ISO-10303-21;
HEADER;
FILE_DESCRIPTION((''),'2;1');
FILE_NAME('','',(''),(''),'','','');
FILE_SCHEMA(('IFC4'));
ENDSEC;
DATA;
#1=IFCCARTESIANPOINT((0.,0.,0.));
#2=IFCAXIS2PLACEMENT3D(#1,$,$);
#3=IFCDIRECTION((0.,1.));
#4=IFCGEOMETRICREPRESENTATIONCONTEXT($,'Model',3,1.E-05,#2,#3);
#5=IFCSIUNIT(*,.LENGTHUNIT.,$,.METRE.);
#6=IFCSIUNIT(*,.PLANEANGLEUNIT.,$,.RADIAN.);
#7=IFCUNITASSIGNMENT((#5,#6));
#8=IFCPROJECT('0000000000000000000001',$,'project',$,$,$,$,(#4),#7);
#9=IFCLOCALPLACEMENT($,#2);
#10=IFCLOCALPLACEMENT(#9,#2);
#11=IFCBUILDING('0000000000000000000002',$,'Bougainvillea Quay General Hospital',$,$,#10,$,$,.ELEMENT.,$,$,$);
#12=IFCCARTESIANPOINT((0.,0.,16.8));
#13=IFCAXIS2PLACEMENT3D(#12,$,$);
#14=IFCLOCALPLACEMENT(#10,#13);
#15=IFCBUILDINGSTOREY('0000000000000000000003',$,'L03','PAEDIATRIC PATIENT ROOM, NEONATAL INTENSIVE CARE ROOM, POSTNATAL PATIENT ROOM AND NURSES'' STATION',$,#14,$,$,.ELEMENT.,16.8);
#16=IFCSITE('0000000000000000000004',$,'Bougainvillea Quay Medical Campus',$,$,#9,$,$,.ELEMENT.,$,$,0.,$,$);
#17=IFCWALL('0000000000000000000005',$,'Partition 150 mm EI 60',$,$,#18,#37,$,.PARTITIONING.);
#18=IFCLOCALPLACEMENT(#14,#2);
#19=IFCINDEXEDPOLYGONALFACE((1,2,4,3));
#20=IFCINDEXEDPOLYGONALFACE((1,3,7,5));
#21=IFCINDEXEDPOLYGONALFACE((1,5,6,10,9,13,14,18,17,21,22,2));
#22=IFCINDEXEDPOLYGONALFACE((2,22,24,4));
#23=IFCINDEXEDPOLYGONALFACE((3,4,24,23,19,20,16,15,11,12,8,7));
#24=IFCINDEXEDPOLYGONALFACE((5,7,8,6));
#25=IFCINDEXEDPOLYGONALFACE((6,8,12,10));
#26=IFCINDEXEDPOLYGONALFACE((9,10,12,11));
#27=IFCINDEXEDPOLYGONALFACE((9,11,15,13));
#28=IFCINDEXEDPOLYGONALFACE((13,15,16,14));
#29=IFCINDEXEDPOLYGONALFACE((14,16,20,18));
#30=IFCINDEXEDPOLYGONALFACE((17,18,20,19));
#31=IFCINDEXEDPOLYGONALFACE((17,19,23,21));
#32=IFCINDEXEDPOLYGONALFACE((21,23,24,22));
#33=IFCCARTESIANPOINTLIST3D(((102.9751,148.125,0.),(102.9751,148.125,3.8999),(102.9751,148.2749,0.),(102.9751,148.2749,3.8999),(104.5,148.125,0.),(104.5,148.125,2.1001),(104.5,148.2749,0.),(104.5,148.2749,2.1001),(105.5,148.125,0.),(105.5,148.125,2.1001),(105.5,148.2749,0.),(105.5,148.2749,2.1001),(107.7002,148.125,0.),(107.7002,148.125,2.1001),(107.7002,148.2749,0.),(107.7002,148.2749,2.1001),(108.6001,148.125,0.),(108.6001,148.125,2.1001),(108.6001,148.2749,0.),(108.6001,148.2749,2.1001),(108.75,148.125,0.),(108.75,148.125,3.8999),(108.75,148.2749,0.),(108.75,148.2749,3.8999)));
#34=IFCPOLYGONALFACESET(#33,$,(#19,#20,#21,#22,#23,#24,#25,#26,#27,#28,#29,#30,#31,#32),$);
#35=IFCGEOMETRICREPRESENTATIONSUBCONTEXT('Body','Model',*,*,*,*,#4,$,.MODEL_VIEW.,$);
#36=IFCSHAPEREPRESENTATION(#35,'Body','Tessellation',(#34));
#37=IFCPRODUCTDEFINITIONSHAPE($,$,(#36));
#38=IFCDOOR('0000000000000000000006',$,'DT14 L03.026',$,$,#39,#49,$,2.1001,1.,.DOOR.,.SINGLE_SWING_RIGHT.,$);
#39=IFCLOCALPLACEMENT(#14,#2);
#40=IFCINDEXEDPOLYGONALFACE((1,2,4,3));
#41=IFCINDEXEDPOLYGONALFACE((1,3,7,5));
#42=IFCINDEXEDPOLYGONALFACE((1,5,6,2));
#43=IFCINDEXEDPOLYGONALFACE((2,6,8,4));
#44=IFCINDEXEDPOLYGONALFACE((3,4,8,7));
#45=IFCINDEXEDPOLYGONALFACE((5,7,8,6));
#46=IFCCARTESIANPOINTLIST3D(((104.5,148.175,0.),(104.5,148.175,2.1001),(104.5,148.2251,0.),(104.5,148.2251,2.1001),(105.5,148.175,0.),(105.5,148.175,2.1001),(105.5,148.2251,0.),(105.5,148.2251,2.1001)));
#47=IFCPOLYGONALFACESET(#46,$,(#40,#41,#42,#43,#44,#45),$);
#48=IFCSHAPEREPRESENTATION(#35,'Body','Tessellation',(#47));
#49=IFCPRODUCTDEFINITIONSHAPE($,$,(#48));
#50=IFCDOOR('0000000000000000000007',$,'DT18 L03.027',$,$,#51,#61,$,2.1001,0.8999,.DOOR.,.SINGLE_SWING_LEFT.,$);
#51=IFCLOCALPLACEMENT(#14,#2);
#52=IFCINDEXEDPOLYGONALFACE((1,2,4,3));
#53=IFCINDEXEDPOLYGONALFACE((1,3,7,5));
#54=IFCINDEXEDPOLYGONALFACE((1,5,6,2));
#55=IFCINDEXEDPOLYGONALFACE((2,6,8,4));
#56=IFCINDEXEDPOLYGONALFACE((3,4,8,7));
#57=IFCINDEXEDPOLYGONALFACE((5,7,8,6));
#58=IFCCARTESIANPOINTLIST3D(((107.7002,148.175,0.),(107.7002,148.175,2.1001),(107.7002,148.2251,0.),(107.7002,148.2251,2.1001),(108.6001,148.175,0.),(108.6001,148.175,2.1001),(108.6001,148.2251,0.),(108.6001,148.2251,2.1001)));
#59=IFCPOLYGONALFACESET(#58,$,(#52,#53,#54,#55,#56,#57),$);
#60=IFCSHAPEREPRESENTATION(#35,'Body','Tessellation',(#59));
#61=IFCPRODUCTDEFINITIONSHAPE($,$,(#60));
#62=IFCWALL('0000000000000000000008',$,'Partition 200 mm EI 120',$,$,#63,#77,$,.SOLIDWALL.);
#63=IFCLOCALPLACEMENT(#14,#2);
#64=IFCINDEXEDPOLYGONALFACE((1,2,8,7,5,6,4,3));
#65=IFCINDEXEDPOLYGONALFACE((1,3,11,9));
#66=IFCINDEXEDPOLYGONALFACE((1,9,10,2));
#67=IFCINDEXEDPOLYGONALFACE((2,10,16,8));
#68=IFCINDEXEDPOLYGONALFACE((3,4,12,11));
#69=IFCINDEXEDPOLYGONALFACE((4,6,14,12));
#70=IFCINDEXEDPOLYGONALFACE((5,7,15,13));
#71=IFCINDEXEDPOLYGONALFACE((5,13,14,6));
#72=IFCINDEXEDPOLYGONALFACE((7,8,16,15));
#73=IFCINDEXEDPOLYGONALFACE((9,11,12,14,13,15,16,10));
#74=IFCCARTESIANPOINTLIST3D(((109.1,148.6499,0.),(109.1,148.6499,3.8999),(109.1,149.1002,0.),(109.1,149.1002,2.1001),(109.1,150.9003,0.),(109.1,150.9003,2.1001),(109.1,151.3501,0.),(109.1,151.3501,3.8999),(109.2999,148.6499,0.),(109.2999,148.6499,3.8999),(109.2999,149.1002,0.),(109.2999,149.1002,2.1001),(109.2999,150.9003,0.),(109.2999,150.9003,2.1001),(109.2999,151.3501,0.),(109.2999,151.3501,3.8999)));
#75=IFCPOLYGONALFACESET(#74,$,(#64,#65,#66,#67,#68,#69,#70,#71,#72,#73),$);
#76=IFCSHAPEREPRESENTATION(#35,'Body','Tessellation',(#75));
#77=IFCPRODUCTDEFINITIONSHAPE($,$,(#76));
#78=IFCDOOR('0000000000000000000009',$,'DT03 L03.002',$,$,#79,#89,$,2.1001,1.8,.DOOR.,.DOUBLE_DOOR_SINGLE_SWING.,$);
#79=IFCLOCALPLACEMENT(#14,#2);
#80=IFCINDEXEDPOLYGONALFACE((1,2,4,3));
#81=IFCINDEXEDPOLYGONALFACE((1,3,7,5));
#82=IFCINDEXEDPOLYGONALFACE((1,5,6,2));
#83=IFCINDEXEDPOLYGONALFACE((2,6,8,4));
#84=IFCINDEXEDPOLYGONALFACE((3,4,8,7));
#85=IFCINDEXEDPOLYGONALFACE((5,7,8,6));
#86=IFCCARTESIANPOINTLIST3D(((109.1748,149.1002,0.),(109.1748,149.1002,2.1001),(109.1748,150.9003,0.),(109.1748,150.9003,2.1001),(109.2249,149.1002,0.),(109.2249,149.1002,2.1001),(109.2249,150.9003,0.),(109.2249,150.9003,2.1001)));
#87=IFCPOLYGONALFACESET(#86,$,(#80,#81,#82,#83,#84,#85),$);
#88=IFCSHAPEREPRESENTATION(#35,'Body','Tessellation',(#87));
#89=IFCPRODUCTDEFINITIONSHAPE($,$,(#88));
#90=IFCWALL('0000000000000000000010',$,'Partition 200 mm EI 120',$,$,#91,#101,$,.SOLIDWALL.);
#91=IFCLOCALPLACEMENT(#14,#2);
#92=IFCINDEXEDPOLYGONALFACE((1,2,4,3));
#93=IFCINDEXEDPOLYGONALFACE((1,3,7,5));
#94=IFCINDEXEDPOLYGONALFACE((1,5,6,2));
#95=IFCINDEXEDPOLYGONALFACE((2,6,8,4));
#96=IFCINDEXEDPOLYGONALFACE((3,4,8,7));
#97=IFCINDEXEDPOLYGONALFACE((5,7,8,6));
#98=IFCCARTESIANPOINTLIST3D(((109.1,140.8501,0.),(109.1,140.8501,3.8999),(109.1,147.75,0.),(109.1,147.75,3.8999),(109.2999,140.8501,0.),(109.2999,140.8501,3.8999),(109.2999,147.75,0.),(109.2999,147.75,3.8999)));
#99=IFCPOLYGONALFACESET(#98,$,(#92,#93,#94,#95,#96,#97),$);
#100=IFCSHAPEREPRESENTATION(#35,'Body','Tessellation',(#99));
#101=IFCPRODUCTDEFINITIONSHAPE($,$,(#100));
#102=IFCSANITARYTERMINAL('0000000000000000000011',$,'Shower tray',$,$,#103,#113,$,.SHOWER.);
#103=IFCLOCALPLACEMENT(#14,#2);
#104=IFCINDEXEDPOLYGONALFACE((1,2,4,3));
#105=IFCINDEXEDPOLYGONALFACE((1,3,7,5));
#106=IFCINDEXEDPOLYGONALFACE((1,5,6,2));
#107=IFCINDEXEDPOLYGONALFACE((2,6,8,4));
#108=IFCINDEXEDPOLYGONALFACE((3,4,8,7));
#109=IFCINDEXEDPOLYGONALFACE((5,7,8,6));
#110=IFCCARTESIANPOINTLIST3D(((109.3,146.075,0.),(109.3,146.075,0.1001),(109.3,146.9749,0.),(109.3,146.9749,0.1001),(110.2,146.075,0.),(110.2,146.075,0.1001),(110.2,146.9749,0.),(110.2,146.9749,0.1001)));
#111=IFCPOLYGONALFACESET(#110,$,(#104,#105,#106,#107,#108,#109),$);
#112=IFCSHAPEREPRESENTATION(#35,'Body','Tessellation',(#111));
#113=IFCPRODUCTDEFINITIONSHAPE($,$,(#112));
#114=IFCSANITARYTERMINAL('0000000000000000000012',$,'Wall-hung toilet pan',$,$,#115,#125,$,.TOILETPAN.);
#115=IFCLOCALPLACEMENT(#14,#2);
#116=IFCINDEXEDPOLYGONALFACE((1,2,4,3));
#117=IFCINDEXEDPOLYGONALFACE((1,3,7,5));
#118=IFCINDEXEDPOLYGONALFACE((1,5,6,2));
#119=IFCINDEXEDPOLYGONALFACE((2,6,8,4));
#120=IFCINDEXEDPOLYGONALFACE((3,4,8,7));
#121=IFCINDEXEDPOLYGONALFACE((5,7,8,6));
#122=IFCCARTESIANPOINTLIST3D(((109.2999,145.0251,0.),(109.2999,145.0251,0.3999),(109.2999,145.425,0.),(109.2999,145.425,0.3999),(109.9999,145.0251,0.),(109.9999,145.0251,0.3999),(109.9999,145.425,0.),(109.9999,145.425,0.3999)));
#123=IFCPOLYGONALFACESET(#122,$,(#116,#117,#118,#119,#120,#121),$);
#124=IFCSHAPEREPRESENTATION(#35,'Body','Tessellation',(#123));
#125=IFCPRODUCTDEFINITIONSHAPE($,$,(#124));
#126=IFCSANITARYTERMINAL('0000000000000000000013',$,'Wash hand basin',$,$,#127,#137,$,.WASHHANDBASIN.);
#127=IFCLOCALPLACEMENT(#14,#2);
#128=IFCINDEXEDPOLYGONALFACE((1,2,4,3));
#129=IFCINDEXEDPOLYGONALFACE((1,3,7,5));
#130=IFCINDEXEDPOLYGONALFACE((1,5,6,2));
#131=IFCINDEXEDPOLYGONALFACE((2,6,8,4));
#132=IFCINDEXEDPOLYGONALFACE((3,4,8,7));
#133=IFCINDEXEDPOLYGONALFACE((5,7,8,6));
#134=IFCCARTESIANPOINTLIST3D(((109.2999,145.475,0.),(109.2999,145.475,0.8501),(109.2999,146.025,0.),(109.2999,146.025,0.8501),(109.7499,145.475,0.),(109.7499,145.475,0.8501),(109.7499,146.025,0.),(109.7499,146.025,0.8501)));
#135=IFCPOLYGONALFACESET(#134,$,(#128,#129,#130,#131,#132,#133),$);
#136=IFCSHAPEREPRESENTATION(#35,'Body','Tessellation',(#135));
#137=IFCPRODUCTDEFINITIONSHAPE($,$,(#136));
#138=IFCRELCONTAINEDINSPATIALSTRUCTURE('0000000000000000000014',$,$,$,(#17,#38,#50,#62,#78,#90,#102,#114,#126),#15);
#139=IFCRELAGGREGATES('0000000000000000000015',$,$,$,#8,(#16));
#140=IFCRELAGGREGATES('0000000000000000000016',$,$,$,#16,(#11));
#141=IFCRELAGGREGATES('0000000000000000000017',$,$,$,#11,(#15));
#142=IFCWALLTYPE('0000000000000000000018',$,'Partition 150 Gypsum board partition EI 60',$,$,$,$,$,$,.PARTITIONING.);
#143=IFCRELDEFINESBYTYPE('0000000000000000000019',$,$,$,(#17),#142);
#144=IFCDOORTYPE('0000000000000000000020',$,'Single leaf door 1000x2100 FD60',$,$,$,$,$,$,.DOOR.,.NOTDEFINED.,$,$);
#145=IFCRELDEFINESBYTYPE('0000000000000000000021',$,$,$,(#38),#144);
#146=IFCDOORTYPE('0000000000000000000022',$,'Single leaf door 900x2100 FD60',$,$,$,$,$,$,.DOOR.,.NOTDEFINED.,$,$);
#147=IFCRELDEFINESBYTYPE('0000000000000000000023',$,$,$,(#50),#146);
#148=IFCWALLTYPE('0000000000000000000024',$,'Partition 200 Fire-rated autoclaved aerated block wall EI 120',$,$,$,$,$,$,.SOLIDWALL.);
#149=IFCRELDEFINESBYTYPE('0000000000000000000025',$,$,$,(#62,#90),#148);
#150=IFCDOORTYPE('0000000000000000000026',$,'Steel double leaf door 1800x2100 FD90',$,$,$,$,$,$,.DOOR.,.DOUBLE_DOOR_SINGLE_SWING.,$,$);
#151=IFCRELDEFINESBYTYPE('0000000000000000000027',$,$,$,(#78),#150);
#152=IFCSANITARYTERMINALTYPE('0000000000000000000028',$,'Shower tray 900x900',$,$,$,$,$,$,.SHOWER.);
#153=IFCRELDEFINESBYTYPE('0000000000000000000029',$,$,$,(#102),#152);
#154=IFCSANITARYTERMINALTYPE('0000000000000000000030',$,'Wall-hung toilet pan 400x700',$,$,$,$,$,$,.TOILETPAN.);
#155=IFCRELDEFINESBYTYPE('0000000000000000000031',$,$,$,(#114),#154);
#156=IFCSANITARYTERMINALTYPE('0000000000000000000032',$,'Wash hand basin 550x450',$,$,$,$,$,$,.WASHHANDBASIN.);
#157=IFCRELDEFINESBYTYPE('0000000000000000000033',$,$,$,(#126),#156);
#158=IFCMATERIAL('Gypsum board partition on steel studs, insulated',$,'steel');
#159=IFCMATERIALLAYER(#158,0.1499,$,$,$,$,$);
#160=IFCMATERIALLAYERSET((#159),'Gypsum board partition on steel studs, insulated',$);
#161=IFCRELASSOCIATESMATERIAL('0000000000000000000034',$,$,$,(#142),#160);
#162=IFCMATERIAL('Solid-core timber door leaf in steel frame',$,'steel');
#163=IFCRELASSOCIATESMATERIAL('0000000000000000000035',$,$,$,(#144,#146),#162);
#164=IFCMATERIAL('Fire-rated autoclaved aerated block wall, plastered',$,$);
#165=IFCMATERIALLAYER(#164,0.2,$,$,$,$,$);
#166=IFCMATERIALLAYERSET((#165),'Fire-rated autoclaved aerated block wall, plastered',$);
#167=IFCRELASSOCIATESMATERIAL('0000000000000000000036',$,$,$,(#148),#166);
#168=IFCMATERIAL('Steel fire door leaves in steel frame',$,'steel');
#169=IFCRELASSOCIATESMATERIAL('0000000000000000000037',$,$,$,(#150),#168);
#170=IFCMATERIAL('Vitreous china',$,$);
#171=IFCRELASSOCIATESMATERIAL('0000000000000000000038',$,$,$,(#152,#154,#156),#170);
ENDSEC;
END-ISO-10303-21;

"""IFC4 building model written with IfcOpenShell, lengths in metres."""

from ifc_helpers import new_model, si_unit, direction, frame, frame_2d, origin, origin_2d, place, context, subcontext, project, spatial, rectangle, extrude, material, layer, layer_set, type_object, element, fill, save


model = new_model("IFC4")

# Units and contexts
model_context = context("Model", 3, precision=1e-05, world=origin(), true_north=direction((0.0, 1.0)))
body_context = subcontext(model_context, "Body", "Model", "MODEL_VIEW")
ifc_project = project(units=[si_unit("LENGTHUNIT", "METRE"), si_unit("PLANEANGLEUNIT", "RADIAN")], contexts=[model_context])

# Site, building, storey
site_placement = place(None, origin())
site = spatial("IfcSite", under=ifc_project, at=site_placement, Name="Bougainvillea Quay Medical Campus", CompositionType="ELEMENT", RefElevation=0.0)
building_placement = place(site_placement, origin())
building = spatial("IfcBuilding", under=site, at=building_placement, Name="Bougainvillea Quay General Hospital", CompositionType="ELEMENT")
storey_placement = place(building_placement, frame((0.0, 0.0, 16.8)))
storey = spatial("IfcBuildingStorey", under=building, at=storey_placement, Name="L03", Description="PAEDIATRIC PATIENT ROOM, NEONATAL INTENSIVE CARE ROOM, POSTNATAL PATIENT ROOM AND NURSES' STATION", CompositionType="ELEMENT", Elevation=16.8)

# Shared definitions
ifc_material_1 = material(Name="Gypsum board partition on steel studs, insulated", Category="steel")

# Shared definitions
ifc_material_2 = material(Name="Solid-core timber door leaf in steel frame", Category="steel")

# Wall, openings, doors
ifc_layer_1 = layer(ifc_material_1, 0.1499)
ifc_layer_set_1 = layer_set([ifc_layer_1], Name="Gypsum board partition on steel studs, insulated")
wall_type_1 = type_object("IfcWallType", Name="Partition 150 Gypsum board partition EI 60", PredefinedType="PARTITIONING", material=ifc_layer_set_1)
wall_1_placement = place(storey_placement, frame((102.9751, 148.2, 0.0), z_axis=(0.0, 0.0, 1.0), x_axis=(1.0, 0.0, 0.0)))
wall_1 = element("IfcWall", 1, at=wall_1_placement, inside=storey, type_object=wall_type_1, Name="Partition 150 mm EI 60", PredefinedType="PARTITIONING", context=body_context, shape_type="SweptSolid", body=[
    extrude(rectangle(XDim=5.7749, YDim=0.1499, at=frame_2d((2.8875, 0.0))), origin(), (0.0, 0.0, 1.0), 3.8999),
])
opening_1_placement = place(wall_1_placement, frame((1.5249, 0.0, 0.0)))
opening_1 = element("IfcOpeningElement", 2, at=opening_1_placement, cuts=wall_1, PredefinedType="OPENING", context=body_context, shape_type="SweptSolid", body=[
    extrude(rectangle(XDim=1.0, YDim=2.1001, at=frame_2d((0.5, 1.05))), frame((0.0, 0.085, 0.0), z_axis=(0.0, -1.0, 0.0), x_axis=(1.0, 0.0, 0.0)), (0.0, 0.0, 1.0), 0.1699),
])
opening_2_placement = place(wall_1_placement, frame((4.7251, 0.0, 0.0)))
opening_2 = element("IfcOpeningElement", 3, at=opening_2_placement, cuts=wall_1, PredefinedType="OPENING", context=body_context, shape_type="SweptSolid", body=[
    extrude(rectangle(XDim=0.8999, YDim=2.1001, at=frame_2d((0.45, 1.05))), frame((0.0, 0.085, 0.0), z_axis=(0.0, -1.0, 0.0), x_axis=(1.0, 0.0, 0.0)), (0.0, 0.0, 1.0), 0.1699),
])
door_type_1 = type_object("IfcDoorType", Name="Single leaf door 1000x2100 FD60", OperationType="NOTDEFINED", PredefinedType="DOOR", material=ifc_material_2)
door_1_placement = place(opening_1_placement, frame((1.0, 0.0, 0.0), z_axis=(0.0, 0.0, 1.0), x_axis=(-1.0, 0.0, 0.0)))
door_1 = element("IfcDoor", 4, at=door_1_placement, inside=storey, type_object=door_type_1, Name="DT14 L03.026", OperationType="SINGLE_SWING_RIGHT", OverallHeight=2.1001, OverallWidth=1.0, PredefinedType="DOOR", context=body_context, shape_type="SweptSolid", body=[
    extrude(rectangle(XDim=1.0, YDim=2.1001, at=frame_2d((0.5, 1.05))), frame((0.0, 0.0249, 0.0), z_axis=(0.0, -1.0, 0.0), x_axis=(1.0, 0.0, 0.0)), (0.0, 0.0, 1.0), 0.05),
])
fill(opening_1, door_1)
door_type_2 = type_object("IfcDoorType", Name="Single leaf door 900x2100 FD60", OperationType="NOTDEFINED", PredefinedType="DOOR", material=ifc_material_2)
door_2_placement = place(opening_2_placement, frame((0.8999, 0.0, 0.0), z_axis=(0.0, 0.0, 1.0), x_axis=(-1.0, 0.0, 0.0)))
door_2 = element("IfcDoor", 5, at=door_2_placement, inside=storey, type_object=door_type_2, Name="DT18 L03.027", OperationType="SINGLE_SWING_LEFT", OverallHeight=2.1001, OverallWidth=0.8999, PredefinedType="DOOR", context=body_context, shape_type="SweptSolid", body=[
    extrude(rectangle(XDim=0.8999, YDim=2.1001, at=frame_2d((0.45, 1.05))), frame((0.0, 0.0249, 0.0), z_axis=(0.0, -1.0, 0.0), x_axis=(1.0, 0.0, 0.0)), (0.0, 0.0, 1.0), 0.05),
])
fill(opening_2, door_2)

# Wall, opening, door
ifc_material_3 = material(Name="Fire-rated autoclaved aerated block wall, plastered")
ifc_layer_2 = layer(ifc_material_3, 0.2)
ifc_layer_set_2 = layer_set([ifc_layer_2], Name="Fire-rated autoclaved aerated block wall, plastered")
wall_type_2 = type_object("IfcWallType", Name="Partition 200 Fire-rated autoclaved aerated block wall EI 120", PredefinedType="SOLIDWALL", material=ifc_layer_set_2)
wall_2_placement = place(storey_placement, frame((109.2, 151.3501, 0.0), z_axis=(0.0, 0.0, 1.0), x_axis=(0.0, -1.0, 0.0)))
wall_2 = element("IfcWall", 6, at=wall_2_placement, inside=storey, type_object=wall_type_2, Name="Partition 200 mm EI 120", PredefinedType="SOLIDWALL", context=body_context, shape_type="SweptSolid", body=[
    extrude(rectangle(XDim=2.7002, YDim=0.2, at=frame_2d((1.3501, 0.0))), origin(), (0.0, 0.0, 1.0), 3.8999),
])
opening_3_placement = place(wall_2_placement, frame((0.45, 0.0, 0.0)))
opening_3 = element("IfcOpeningElement", 7, at=opening_3_placement, cuts=wall_2, PredefinedType="OPENING", context=body_context, shape_type="SweptSolid", body=[
    extrude(rectangle(XDim=1.8, YDim=2.1001, at=frame_2d((0.8999, 1.05))), frame((0.0, 0.1099, 0.0), z_axis=(0.0, -1.0, 0.0), x_axis=(1.0, 0.0, 0.0)), (0.0, 0.0, 1.0), 0.22),
])
ifc_material_4 = material(Name="Steel fire door leaves in steel frame", Category="steel")
door_type_3 = type_object("IfcDoorType", Name="Steel double leaf door 1800x2100 FD90", OperationType="DOUBLE_DOOR_SINGLE_SWING", PredefinedType="DOOR", material=ifc_material_4)
door_3_placement = place(opening_3_placement, origin())
door_3 = element("IfcDoor", 8, at=door_3_placement, inside=storey, type_object=door_type_3, Name="DT03 L03.002", OperationType="DOUBLE_DOOR_SINGLE_SWING", OverallHeight=2.1001, OverallWidth=1.8, PredefinedType="DOOR", context=body_context, shape_type="SweptSolid", body=[
    extrude(rectangle(XDim=1.8, YDim=2.1001, at=frame_2d((0.8999, 1.05))), frame((0.0, 0.0249, 0.0), z_axis=(0.0, -1.0, 0.0), x_axis=(1.0, 0.0, 0.0)), (0.0, 0.0, 1.0), 0.05),
])
fill(opening_3, door_3)

# Wall
wall_3_placement = place(storey_placement, frame((109.2, 147.75, 0.0), z_axis=(0.0, 0.0, 1.0), x_axis=(0.0, -1.0, 0.0)))
element("IfcWall", 9, at=wall_3_placement, inside=storey, type_object=wall_type_2, Name="Partition 200 mm EI 120", PredefinedType="SOLIDWALL", context=body_context, shape_type="SweptSolid", body=[
    extrude(rectangle(XDim=6.8999, YDim=0.2, at=frame_2d((3.45, 0.0))), origin(), (0.0, 0.0, 1.0), 3.8999),
])

# Sanitary terminals
ifc_material_5 = material(Name="Vitreous china")
sanitary_terminal_type_1 = type_object("IfcSanitaryTerminalType", Name="Shower tray 900x900", PredefinedType="SHOWER", material=ifc_material_5)
sanitary_terminal_1_placement = place(storey_placement, frame((109.75, 146.5249, 0.0), z_axis=(0.0, 0.0, 1.0), x_axis=(0.0, 1.0, 0.0)))
element("IfcSanitaryTerminal", 10, at=sanitary_terminal_1_placement, inside=storey, type_object=sanitary_terminal_type_1, Name="Shower tray", PredefinedType="SHOWER", context=body_context, shape_type="SweptSolid", body=[
    extrude(rectangle(XDim=0.8999, YDim=0.8999, at=origin_2d()), origin(), (0.0, 0.0, 1.0), 0.1001),
])
sanitary_terminal_type_2 = type_object("IfcSanitaryTerminalType", Name="Wall-hung toilet pan 400x700", PredefinedType="TOILETPAN", material=ifc_material_5)
sanitary_terminal_2_placement = place(storey_placement, frame((109.6499, 145.2251, 0.0), z_axis=(0.0, 0.0, 1.0), x_axis=(0.0, 1.0, 0.0)))
element("IfcSanitaryTerminal", 11, at=sanitary_terminal_2_placement, inside=storey, type_object=sanitary_terminal_type_2, Name="Wall-hung toilet pan", PredefinedType="TOILETPAN", context=body_context, shape_type="SweptSolid", body=[
    extrude(rectangle(XDim=0.3999, YDim=0.7, at=origin_2d()), origin(), (0.0, 0.0, 1.0), 0.3999),
])
sanitary_terminal_type_3 = type_object("IfcSanitaryTerminalType", Name="Wash hand basin 550x450", PredefinedType="WASHHANDBASIN", material=ifc_material_5)
sanitary_terminal_3_placement = place(storey_placement, frame((109.5249, 145.75, 0.0), z_axis=(0.0, 0.0, 1.0), x_axis=(0.0, 1.0, 0.0)))
element("IfcSanitaryTerminal", 12, at=sanitary_terminal_3_placement, inside=storey, type_object=sanitary_terminal_type_3, Name="Wash hand basin", PredefinedType="WASHHANDBASIN", context=body_context, shape_type="SweptSolid", body=[
    extrude(rectangle(XDim=0.55, YDim=0.45, at=origin_2d()), origin(), (0.0, 0.0, 1.0), 0.8501),
])

save(model, "model.ifc")
